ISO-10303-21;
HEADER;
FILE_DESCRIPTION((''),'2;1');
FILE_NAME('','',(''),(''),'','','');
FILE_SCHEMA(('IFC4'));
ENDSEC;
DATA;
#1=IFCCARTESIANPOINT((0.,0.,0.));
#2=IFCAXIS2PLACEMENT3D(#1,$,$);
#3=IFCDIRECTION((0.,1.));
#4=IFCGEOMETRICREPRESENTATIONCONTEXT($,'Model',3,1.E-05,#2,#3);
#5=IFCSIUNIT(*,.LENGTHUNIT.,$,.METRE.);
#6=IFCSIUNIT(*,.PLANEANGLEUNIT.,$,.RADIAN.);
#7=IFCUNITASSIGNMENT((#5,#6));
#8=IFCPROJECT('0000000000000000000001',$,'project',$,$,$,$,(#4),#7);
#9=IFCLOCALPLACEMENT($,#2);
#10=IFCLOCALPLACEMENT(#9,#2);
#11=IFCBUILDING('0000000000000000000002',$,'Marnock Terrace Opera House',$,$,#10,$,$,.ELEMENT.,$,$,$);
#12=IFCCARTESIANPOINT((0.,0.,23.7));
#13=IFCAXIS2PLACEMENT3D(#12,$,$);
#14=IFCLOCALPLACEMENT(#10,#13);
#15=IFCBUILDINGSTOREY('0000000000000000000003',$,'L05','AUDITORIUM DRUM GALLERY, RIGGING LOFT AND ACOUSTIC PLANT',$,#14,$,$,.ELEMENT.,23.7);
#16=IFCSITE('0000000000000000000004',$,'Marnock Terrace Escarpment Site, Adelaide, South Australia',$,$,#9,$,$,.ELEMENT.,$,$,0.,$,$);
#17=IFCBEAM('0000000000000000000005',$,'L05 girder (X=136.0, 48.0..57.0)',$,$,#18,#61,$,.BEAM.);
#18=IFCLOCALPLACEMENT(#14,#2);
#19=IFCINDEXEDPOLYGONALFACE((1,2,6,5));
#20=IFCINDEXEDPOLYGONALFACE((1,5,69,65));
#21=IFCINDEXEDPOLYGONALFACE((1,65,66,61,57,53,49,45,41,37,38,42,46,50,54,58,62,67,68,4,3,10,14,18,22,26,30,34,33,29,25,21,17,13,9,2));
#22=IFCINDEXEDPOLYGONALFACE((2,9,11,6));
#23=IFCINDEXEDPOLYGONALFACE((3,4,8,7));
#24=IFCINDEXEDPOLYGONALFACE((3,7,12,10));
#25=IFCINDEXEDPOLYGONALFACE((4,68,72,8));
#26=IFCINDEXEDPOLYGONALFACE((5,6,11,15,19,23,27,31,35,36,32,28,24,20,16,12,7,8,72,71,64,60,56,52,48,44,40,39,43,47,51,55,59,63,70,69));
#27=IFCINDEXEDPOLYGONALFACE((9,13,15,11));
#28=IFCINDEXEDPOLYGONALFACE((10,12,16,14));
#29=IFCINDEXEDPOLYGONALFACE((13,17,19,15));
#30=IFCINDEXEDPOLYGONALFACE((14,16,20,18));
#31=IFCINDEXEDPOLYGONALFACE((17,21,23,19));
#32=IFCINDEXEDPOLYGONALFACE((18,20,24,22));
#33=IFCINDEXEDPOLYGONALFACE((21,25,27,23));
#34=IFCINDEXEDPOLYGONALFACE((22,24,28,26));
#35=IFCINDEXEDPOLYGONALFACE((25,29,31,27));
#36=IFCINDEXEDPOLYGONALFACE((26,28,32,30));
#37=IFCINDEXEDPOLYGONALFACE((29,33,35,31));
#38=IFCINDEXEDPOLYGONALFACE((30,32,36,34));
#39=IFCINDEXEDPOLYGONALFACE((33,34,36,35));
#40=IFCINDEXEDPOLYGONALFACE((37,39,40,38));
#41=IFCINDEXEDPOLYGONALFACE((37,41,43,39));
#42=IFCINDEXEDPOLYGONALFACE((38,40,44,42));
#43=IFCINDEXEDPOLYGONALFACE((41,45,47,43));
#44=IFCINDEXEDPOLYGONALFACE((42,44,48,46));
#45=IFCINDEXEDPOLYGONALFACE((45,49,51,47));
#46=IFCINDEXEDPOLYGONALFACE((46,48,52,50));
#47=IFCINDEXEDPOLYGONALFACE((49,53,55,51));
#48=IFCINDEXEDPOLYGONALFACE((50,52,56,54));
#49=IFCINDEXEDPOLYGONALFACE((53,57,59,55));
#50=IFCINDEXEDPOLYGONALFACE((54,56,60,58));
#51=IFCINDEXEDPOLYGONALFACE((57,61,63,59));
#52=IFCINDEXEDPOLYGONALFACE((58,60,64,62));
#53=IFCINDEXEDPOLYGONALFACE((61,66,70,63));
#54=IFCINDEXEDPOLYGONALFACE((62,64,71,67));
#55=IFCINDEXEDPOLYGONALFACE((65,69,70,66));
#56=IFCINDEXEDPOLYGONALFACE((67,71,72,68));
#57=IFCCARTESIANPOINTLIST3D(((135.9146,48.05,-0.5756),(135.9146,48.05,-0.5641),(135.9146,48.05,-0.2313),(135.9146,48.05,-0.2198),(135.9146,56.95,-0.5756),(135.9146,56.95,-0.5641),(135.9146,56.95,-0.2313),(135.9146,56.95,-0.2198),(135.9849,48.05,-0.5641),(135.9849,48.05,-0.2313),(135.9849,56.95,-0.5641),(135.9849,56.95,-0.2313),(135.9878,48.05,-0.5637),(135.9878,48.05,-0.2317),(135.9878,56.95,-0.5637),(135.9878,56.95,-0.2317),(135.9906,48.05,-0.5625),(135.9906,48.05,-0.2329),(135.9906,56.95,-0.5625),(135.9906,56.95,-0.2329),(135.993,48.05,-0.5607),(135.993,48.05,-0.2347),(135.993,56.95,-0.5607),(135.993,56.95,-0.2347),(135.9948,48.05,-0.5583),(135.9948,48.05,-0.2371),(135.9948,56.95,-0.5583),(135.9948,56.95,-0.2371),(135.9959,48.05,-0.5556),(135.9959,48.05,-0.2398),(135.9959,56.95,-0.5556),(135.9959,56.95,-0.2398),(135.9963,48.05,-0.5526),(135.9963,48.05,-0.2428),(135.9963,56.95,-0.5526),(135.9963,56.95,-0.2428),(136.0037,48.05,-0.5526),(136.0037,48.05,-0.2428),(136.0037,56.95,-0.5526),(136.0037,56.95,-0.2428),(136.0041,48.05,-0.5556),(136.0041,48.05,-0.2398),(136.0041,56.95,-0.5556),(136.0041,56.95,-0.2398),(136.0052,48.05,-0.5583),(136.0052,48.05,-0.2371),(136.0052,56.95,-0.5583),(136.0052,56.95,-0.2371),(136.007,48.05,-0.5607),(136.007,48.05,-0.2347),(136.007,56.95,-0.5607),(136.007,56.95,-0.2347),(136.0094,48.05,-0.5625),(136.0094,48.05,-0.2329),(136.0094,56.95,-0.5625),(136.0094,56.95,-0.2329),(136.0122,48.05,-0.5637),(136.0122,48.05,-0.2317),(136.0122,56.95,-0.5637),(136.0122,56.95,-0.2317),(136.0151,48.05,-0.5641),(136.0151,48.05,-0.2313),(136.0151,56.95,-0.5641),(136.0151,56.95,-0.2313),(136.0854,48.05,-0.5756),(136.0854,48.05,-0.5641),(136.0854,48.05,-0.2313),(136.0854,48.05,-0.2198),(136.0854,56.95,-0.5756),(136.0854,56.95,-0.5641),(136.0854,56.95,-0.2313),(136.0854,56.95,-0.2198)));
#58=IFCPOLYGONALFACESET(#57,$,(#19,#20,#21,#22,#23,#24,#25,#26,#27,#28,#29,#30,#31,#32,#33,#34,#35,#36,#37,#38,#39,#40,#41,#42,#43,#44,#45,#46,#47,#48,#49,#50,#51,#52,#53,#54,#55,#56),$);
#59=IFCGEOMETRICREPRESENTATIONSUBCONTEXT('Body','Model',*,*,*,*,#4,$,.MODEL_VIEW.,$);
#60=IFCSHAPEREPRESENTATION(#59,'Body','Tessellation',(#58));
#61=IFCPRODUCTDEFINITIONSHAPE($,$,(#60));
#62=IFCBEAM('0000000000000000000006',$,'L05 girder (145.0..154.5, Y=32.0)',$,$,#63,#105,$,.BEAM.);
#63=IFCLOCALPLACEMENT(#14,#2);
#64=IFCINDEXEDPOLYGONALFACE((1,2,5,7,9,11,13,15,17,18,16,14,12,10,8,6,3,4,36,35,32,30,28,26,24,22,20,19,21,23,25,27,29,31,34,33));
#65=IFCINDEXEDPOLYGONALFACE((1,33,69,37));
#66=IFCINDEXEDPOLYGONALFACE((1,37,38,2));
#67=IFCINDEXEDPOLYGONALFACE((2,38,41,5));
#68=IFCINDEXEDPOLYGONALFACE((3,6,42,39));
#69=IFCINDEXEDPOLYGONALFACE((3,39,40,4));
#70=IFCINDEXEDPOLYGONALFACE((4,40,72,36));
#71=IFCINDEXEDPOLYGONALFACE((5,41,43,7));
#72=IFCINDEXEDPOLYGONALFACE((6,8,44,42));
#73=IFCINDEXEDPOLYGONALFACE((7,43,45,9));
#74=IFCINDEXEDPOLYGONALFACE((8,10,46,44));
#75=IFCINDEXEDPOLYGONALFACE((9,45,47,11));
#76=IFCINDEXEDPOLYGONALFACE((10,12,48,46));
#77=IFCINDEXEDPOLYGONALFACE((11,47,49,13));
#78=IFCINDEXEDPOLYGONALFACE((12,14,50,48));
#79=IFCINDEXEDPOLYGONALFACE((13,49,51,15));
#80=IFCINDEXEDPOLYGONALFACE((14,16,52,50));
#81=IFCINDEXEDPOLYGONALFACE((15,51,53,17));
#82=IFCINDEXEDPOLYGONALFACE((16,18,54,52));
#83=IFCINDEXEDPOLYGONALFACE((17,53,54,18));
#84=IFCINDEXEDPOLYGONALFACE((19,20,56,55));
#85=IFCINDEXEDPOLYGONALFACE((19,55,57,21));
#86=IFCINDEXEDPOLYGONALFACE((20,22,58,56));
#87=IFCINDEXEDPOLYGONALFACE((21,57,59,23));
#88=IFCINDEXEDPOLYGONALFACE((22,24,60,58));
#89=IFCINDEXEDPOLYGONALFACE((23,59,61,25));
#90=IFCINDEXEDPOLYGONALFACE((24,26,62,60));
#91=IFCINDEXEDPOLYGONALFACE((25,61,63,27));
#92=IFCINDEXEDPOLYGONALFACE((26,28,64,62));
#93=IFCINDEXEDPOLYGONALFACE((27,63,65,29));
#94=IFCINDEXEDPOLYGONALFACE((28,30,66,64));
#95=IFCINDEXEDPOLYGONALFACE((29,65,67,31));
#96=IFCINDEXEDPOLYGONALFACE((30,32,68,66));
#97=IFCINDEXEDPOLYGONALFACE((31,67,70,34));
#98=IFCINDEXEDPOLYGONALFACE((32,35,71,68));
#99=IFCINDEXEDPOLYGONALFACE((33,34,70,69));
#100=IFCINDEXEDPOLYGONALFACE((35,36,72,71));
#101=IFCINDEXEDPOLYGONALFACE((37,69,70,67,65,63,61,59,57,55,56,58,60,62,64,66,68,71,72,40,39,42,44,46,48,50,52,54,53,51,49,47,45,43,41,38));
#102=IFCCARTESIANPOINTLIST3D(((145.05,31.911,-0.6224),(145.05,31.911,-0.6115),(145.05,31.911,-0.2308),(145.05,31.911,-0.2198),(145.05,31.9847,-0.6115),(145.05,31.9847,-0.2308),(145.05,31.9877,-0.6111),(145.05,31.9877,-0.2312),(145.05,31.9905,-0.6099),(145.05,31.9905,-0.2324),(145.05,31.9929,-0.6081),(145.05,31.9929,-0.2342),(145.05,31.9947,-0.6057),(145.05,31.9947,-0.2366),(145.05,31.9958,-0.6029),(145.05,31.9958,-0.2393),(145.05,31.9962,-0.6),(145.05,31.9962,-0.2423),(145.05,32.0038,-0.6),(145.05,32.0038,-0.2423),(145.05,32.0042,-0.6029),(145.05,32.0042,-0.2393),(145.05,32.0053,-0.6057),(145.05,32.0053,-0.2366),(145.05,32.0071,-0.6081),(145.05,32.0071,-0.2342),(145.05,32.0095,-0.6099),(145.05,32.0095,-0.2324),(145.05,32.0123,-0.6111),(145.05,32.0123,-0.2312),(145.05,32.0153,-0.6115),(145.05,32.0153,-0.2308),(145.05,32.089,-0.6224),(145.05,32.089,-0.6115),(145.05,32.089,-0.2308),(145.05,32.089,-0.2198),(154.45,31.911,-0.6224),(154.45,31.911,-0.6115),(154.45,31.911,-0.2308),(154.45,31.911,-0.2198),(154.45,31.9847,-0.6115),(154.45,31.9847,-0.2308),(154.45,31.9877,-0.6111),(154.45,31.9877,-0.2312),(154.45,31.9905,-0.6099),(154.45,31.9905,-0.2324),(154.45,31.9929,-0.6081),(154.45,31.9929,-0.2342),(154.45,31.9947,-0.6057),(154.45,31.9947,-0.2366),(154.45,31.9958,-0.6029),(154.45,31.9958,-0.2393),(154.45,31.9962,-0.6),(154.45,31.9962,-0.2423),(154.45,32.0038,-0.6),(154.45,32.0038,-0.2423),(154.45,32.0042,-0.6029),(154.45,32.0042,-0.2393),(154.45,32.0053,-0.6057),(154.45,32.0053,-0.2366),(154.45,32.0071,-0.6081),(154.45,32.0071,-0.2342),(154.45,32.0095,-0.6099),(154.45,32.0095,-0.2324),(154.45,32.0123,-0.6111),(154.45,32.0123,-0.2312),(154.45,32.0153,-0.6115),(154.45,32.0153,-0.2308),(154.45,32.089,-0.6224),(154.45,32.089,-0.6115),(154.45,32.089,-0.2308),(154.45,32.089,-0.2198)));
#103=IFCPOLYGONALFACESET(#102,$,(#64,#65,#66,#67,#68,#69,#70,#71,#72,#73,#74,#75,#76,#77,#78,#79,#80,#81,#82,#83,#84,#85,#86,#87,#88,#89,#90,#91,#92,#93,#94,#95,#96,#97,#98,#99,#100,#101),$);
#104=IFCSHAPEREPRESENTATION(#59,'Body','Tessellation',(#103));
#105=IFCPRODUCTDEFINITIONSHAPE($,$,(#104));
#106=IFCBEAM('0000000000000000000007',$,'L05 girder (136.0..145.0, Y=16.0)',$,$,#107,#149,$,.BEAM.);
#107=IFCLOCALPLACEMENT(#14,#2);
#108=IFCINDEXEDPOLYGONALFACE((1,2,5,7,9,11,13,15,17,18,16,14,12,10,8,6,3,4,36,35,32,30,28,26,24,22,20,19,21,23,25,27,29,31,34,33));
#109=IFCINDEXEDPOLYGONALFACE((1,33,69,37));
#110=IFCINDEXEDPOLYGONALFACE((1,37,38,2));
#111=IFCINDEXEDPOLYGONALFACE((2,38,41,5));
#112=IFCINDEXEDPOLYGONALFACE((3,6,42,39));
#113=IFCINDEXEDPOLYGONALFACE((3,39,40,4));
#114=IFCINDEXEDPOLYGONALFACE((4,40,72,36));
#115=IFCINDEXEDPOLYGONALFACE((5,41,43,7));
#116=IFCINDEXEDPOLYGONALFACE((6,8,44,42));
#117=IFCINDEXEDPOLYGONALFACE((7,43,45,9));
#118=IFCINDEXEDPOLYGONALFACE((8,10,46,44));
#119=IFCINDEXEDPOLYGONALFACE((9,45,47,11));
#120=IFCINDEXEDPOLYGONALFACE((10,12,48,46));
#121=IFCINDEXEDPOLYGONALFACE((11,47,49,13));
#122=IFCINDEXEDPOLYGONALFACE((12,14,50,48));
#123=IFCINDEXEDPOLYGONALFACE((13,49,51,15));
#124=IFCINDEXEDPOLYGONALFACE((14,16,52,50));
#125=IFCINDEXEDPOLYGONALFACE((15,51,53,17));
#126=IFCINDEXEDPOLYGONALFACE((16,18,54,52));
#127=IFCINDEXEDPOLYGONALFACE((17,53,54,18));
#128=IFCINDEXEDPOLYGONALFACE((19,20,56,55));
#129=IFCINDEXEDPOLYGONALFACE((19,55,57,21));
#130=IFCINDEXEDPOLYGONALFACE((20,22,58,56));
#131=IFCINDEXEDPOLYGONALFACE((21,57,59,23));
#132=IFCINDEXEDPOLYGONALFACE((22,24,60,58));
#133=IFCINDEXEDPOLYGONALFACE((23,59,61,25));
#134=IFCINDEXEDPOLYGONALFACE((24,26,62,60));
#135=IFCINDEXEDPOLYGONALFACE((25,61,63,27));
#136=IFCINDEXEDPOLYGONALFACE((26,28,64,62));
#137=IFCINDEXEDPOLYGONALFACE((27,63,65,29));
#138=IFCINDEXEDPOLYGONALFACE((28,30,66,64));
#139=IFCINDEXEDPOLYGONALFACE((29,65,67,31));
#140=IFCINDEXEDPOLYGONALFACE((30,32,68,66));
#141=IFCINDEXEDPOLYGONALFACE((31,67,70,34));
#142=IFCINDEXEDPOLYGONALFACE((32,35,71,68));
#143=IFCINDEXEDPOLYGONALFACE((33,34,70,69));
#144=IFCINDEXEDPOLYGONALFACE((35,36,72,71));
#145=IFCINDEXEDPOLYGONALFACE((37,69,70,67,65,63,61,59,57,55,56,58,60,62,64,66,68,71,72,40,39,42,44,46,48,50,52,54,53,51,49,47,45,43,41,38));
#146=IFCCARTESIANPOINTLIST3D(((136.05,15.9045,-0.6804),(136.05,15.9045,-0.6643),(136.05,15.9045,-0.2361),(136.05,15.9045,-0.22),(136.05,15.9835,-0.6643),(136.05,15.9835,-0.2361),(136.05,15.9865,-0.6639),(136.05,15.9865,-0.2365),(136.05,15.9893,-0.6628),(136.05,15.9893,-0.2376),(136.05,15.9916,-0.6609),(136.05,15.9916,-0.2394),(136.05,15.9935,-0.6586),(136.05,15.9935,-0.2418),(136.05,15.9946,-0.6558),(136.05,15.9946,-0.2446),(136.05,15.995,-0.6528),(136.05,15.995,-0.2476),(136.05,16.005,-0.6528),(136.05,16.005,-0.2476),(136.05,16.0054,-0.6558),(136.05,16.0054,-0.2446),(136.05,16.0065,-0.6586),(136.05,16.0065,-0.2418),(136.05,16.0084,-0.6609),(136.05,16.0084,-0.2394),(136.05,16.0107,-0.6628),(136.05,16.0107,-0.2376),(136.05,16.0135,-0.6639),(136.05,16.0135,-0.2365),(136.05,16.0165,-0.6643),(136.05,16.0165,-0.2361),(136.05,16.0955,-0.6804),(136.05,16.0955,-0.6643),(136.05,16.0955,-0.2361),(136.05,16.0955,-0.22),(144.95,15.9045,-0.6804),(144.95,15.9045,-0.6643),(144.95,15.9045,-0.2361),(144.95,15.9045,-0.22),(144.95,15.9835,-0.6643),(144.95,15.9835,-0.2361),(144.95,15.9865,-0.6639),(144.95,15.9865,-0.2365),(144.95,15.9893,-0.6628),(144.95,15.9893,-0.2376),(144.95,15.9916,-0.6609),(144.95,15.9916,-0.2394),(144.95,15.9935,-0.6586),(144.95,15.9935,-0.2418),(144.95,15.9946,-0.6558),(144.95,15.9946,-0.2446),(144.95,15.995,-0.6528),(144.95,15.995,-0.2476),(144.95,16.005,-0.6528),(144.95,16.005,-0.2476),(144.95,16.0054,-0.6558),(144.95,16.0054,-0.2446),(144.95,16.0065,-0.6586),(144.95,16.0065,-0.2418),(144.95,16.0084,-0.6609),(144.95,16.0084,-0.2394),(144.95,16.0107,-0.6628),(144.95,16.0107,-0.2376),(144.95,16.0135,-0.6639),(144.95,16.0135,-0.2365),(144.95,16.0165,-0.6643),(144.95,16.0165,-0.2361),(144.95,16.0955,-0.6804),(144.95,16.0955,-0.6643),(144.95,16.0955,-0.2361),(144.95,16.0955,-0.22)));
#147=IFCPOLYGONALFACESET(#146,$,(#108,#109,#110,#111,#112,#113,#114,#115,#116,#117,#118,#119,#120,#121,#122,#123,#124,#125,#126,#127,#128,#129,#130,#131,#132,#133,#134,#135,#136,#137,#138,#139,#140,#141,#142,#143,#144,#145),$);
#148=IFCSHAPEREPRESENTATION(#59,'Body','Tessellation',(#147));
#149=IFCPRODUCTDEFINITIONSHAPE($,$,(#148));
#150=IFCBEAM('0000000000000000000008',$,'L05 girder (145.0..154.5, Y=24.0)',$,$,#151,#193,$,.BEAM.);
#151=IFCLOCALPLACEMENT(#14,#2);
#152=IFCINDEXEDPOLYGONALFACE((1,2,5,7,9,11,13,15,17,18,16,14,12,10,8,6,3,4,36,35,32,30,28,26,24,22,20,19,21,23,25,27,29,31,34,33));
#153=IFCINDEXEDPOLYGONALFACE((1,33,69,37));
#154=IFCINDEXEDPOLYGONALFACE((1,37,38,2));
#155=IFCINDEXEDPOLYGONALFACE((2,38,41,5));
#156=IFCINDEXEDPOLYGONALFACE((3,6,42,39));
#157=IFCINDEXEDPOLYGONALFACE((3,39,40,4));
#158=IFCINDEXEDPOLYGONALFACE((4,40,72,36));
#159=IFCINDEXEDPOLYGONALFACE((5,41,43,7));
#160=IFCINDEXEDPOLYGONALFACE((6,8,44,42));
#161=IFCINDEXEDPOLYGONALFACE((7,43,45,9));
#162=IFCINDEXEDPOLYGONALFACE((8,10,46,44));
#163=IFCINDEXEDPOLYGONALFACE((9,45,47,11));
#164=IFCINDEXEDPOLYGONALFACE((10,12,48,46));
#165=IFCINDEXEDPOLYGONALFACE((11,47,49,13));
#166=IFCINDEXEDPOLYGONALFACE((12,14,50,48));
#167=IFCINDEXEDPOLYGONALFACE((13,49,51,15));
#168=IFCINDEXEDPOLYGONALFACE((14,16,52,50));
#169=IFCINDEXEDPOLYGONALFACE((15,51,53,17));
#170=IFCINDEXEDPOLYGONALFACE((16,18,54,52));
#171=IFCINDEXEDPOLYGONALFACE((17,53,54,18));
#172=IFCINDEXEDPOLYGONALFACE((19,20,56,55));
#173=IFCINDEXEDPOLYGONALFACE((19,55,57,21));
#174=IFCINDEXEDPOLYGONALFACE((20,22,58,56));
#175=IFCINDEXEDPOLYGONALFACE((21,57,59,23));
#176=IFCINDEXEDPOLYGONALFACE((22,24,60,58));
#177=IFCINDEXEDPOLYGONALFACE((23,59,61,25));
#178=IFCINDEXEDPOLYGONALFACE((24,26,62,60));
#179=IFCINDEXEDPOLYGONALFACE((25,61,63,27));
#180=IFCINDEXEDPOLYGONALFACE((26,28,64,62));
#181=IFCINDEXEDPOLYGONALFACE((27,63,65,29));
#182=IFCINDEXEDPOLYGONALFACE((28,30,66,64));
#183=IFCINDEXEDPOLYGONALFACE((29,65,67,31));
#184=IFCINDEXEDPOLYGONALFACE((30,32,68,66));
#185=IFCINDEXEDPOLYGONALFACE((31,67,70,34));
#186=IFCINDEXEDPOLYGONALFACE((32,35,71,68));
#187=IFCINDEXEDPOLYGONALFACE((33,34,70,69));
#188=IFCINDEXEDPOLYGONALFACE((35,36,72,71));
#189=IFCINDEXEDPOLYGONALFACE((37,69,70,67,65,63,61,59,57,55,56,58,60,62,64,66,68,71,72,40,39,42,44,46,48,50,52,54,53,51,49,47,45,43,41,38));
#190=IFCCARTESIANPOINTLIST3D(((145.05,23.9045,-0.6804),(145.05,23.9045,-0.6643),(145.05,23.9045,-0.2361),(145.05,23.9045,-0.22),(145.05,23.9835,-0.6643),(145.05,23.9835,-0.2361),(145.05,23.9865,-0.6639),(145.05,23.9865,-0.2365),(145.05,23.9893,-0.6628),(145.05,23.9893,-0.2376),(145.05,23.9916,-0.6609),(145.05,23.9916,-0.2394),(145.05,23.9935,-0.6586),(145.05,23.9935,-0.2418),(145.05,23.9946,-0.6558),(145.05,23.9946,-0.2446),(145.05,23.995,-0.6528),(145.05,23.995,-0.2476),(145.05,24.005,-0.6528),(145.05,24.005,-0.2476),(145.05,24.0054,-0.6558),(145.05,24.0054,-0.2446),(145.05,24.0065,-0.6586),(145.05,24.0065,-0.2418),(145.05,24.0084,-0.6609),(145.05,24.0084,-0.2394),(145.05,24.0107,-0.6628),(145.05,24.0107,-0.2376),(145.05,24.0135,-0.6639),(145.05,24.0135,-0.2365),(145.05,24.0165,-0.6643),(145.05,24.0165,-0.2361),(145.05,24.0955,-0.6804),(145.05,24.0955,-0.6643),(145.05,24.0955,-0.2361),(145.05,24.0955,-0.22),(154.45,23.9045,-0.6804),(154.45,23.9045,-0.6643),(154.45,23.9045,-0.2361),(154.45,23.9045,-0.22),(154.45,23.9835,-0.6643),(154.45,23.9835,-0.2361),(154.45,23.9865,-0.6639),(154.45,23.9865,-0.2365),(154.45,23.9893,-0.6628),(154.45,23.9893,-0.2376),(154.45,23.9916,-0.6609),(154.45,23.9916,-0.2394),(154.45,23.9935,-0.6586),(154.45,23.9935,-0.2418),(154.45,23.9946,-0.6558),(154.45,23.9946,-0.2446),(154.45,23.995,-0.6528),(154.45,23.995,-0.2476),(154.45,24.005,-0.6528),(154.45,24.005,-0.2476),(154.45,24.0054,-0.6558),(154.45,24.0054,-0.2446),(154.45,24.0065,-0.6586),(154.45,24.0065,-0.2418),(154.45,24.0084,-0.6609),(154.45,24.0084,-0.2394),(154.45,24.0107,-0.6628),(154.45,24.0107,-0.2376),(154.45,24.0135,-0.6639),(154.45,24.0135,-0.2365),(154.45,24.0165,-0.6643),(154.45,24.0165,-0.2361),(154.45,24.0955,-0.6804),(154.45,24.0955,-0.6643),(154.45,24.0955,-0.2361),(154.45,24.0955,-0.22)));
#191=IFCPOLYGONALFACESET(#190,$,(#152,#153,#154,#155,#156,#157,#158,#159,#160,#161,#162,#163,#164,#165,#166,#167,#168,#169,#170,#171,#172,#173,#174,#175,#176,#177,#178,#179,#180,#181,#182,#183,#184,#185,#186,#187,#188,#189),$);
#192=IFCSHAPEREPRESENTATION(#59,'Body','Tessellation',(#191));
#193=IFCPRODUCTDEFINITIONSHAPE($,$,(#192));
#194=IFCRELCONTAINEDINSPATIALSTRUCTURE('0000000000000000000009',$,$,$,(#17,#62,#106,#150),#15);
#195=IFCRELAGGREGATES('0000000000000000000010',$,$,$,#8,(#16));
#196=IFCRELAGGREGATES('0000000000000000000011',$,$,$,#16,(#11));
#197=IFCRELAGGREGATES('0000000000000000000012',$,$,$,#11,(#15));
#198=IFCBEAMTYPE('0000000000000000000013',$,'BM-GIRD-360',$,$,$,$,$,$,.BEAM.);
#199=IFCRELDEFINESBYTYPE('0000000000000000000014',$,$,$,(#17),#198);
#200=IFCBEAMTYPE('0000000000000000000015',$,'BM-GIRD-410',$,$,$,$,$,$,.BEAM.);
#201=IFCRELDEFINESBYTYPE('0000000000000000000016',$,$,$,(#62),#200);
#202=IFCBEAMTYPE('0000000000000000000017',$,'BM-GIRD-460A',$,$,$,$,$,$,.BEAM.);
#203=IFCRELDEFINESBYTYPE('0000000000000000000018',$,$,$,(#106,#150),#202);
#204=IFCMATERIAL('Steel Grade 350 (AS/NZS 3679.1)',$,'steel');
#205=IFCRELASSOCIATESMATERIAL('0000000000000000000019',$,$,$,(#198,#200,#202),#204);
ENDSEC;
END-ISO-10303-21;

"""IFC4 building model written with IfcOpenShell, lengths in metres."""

from ifc_helpers import new_model, si_unit, direction, frame, origin, origin_2d, place, context, subcontext, project, spatial, i_section, extrude, material, material_profile, profile_set, type_object, element, save


model = new_model("IFC4")

# Units and contexts
model_context = context("Model", 3, precision=1e-05, world=origin(), true_north=direction((0.0, 1.0)))
body_context = subcontext(model_context, "Body", "Model", "MODEL_VIEW")
ifc_project = project(units=[si_unit("LENGTHUNIT", "METRE"), si_unit("PLANEANGLEUNIT", "RADIAN")], contexts=[model_context])

# Site, building, storey
site_placement = place(None, origin())
site = spatial("IfcSite", under=ifc_project, at=site_placement, Name="Marnock Terrace Escarpment Site, Adelaide, South Australia", CompositionType="ELEMENT", RefElevation=0.0)
building_placement = place(site_placement, origin())
building = spatial("IfcBuilding", under=site, at=building_placement, Name="Marnock Terrace Opera House", CompositionType="ELEMENT")
storey_placement = place(building_placement, frame((0.0, 0.0, 23.7)))
storey = spatial("IfcBuildingStorey", under=building, at=storey_placement, Name="L05", Description="AUDITORIUM DRUM GALLERY, RIGGING LOFT AND ACOUSTIC PLANT", CompositionType="ELEMENT", Elevation=23.7)

# Beams
ifc_material_1 = material(Name="Steel Grade 350 (AS/NZS 3679.1)", Category="steel")
ifc_material_profile_1 = material_profile(ifc_material_1, i_section(OverallWidth=0.1709, OverallDepth=0.3557, WebThickness=0.0073, FlangeThickness=0.0115, FilletRadius=0.0115, at=origin_2d()))
ifc_profile_set_1 = profile_set([ifc_material_profile_1], Name="Steel Grade 350 (AS/NZS 3679.1)")
beam_type_1 = type_object("IfcBeamType", Name="BM-GIRD-360", PredefinedType="BEAM", material=ifc_profile_set_1)
beam_1_placement = place(storey_placement, frame((136.0, 48.05, -0.3977), z_axis=(0.0, 1.0, 0.0), x_axis=(-1.0, 0.0, 0.0)))
element("IfcBeam", 1, at=beam_1_placement, inside=storey, type_object=beam_type_1, Name="L05 girder (X=136.0, 48.0..57.0)", PredefinedType="BEAM", context=body_context, shape_type="SweptSolid", body=[
    extrude(i_section(OverallWidth=0.1709, OverallDepth=0.3557, WebThickness=0.0073, FlangeThickness=0.0115, FilletRadius=0.0115, at=origin_2d()), origin(), (0.0, 0.0, 1.0), 8.8999),
])
ifc_material_profile_2 = material_profile(ifc_material_1, i_section(OverallWidth=0.178, OverallDepth=0.4026, WebThickness=0.0076, FlangeThickness=0.011, FilletRadius=0.0115, at=origin_2d()))
ifc_profile_set_2 = profile_set([ifc_material_profile_2], Name="Steel Grade 350 (AS/NZS 3679.1)")
beam_type_2 = type_object("IfcBeamType", Name="BM-GIRD-410", PredefinedType="BEAM", material=ifc_profile_set_2)
beam_2_placement = place(storey_placement, frame((145.05, 32.0, -0.4211), z_axis=(1.0, 0.0, 0.0), x_axis=(0.0, 1.0, 0.0)))
element("IfcBeam", 2, at=beam_2_placement, inside=storey, type_object=beam_type_2, Name="L05 girder (145.0..154.5, Y=32.0)", PredefinedType="BEAM", context=body_context, shape_type="SweptSolid", body=[
    extrude(i_section(OverallWidth=0.178, OverallDepth=0.4026, WebThickness=0.0076, FlangeThickness=0.011, FilletRadius=0.0115, at=origin_2d()), origin(), (0.0, 0.0, 1.0), 9.3999),
])
ifc_material_profile_3 = material_profile(ifc_material_1, i_section(OverallWidth=0.1909, OverallDepth=0.4604, WebThickness=0.01, FlangeThickness=0.0161, FilletRadius=0.0115, at=origin_2d()))
ifc_profile_set_3 = profile_set([ifc_material_profile_3], Name="Steel Grade 350 (AS/NZS 3679.1)")
beam_type_3 = type_object("IfcBeamType", Name="BM-GIRD-460A", PredefinedType="BEAM", material=ifc_profile_set_3)
beam_3_placement = place(storey_placement, frame((136.05, 16.0, -0.4502), z_axis=(1.0, 0.0, 0.0), x_axis=(0.0, 1.0, 0.0)))
element("IfcBeam", 3, at=beam_3_placement, inside=storey, type_object=beam_type_3, Name="L05 girder (136.0..145.0, Y=16.0)", PredefinedType="BEAM", context=body_context, shape_type="SweptSolid", body=[
    extrude(i_section(OverallWidth=0.1909, OverallDepth=0.4604, WebThickness=0.01, FlangeThickness=0.0161, FilletRadius=0.0115, at=origin_2d()), origin(), (0.0, 0.0, 1.0), 8.8999),
])
beam_4_placement = place(storey_placement, frame((145.05, 24.0, -0.4502), z_axis=(1.0, 0.0, 0.0), x_axis=(0.0, 1.0, 0.0)))
element("IfcBeam", 4, at=beam_4_placement, inside=storey, type_object=beam_type_3, Name="L05 girder (145.0..154.5, Y=24.0)", PredefinedType="BEAM", context=body_context, shape_type="SweptSolid", body=[
    extrude(i_section(OverallWidth=0.1909, OverallDepth=0.4604, WebThickness=0.01, FlangeThickness=0.0161, FilletRadius=0.0115, at=origin_2d()), origin(), (0.0, 0.0, 1.0), 9.3999),
])

save(model, "model.ifc")
